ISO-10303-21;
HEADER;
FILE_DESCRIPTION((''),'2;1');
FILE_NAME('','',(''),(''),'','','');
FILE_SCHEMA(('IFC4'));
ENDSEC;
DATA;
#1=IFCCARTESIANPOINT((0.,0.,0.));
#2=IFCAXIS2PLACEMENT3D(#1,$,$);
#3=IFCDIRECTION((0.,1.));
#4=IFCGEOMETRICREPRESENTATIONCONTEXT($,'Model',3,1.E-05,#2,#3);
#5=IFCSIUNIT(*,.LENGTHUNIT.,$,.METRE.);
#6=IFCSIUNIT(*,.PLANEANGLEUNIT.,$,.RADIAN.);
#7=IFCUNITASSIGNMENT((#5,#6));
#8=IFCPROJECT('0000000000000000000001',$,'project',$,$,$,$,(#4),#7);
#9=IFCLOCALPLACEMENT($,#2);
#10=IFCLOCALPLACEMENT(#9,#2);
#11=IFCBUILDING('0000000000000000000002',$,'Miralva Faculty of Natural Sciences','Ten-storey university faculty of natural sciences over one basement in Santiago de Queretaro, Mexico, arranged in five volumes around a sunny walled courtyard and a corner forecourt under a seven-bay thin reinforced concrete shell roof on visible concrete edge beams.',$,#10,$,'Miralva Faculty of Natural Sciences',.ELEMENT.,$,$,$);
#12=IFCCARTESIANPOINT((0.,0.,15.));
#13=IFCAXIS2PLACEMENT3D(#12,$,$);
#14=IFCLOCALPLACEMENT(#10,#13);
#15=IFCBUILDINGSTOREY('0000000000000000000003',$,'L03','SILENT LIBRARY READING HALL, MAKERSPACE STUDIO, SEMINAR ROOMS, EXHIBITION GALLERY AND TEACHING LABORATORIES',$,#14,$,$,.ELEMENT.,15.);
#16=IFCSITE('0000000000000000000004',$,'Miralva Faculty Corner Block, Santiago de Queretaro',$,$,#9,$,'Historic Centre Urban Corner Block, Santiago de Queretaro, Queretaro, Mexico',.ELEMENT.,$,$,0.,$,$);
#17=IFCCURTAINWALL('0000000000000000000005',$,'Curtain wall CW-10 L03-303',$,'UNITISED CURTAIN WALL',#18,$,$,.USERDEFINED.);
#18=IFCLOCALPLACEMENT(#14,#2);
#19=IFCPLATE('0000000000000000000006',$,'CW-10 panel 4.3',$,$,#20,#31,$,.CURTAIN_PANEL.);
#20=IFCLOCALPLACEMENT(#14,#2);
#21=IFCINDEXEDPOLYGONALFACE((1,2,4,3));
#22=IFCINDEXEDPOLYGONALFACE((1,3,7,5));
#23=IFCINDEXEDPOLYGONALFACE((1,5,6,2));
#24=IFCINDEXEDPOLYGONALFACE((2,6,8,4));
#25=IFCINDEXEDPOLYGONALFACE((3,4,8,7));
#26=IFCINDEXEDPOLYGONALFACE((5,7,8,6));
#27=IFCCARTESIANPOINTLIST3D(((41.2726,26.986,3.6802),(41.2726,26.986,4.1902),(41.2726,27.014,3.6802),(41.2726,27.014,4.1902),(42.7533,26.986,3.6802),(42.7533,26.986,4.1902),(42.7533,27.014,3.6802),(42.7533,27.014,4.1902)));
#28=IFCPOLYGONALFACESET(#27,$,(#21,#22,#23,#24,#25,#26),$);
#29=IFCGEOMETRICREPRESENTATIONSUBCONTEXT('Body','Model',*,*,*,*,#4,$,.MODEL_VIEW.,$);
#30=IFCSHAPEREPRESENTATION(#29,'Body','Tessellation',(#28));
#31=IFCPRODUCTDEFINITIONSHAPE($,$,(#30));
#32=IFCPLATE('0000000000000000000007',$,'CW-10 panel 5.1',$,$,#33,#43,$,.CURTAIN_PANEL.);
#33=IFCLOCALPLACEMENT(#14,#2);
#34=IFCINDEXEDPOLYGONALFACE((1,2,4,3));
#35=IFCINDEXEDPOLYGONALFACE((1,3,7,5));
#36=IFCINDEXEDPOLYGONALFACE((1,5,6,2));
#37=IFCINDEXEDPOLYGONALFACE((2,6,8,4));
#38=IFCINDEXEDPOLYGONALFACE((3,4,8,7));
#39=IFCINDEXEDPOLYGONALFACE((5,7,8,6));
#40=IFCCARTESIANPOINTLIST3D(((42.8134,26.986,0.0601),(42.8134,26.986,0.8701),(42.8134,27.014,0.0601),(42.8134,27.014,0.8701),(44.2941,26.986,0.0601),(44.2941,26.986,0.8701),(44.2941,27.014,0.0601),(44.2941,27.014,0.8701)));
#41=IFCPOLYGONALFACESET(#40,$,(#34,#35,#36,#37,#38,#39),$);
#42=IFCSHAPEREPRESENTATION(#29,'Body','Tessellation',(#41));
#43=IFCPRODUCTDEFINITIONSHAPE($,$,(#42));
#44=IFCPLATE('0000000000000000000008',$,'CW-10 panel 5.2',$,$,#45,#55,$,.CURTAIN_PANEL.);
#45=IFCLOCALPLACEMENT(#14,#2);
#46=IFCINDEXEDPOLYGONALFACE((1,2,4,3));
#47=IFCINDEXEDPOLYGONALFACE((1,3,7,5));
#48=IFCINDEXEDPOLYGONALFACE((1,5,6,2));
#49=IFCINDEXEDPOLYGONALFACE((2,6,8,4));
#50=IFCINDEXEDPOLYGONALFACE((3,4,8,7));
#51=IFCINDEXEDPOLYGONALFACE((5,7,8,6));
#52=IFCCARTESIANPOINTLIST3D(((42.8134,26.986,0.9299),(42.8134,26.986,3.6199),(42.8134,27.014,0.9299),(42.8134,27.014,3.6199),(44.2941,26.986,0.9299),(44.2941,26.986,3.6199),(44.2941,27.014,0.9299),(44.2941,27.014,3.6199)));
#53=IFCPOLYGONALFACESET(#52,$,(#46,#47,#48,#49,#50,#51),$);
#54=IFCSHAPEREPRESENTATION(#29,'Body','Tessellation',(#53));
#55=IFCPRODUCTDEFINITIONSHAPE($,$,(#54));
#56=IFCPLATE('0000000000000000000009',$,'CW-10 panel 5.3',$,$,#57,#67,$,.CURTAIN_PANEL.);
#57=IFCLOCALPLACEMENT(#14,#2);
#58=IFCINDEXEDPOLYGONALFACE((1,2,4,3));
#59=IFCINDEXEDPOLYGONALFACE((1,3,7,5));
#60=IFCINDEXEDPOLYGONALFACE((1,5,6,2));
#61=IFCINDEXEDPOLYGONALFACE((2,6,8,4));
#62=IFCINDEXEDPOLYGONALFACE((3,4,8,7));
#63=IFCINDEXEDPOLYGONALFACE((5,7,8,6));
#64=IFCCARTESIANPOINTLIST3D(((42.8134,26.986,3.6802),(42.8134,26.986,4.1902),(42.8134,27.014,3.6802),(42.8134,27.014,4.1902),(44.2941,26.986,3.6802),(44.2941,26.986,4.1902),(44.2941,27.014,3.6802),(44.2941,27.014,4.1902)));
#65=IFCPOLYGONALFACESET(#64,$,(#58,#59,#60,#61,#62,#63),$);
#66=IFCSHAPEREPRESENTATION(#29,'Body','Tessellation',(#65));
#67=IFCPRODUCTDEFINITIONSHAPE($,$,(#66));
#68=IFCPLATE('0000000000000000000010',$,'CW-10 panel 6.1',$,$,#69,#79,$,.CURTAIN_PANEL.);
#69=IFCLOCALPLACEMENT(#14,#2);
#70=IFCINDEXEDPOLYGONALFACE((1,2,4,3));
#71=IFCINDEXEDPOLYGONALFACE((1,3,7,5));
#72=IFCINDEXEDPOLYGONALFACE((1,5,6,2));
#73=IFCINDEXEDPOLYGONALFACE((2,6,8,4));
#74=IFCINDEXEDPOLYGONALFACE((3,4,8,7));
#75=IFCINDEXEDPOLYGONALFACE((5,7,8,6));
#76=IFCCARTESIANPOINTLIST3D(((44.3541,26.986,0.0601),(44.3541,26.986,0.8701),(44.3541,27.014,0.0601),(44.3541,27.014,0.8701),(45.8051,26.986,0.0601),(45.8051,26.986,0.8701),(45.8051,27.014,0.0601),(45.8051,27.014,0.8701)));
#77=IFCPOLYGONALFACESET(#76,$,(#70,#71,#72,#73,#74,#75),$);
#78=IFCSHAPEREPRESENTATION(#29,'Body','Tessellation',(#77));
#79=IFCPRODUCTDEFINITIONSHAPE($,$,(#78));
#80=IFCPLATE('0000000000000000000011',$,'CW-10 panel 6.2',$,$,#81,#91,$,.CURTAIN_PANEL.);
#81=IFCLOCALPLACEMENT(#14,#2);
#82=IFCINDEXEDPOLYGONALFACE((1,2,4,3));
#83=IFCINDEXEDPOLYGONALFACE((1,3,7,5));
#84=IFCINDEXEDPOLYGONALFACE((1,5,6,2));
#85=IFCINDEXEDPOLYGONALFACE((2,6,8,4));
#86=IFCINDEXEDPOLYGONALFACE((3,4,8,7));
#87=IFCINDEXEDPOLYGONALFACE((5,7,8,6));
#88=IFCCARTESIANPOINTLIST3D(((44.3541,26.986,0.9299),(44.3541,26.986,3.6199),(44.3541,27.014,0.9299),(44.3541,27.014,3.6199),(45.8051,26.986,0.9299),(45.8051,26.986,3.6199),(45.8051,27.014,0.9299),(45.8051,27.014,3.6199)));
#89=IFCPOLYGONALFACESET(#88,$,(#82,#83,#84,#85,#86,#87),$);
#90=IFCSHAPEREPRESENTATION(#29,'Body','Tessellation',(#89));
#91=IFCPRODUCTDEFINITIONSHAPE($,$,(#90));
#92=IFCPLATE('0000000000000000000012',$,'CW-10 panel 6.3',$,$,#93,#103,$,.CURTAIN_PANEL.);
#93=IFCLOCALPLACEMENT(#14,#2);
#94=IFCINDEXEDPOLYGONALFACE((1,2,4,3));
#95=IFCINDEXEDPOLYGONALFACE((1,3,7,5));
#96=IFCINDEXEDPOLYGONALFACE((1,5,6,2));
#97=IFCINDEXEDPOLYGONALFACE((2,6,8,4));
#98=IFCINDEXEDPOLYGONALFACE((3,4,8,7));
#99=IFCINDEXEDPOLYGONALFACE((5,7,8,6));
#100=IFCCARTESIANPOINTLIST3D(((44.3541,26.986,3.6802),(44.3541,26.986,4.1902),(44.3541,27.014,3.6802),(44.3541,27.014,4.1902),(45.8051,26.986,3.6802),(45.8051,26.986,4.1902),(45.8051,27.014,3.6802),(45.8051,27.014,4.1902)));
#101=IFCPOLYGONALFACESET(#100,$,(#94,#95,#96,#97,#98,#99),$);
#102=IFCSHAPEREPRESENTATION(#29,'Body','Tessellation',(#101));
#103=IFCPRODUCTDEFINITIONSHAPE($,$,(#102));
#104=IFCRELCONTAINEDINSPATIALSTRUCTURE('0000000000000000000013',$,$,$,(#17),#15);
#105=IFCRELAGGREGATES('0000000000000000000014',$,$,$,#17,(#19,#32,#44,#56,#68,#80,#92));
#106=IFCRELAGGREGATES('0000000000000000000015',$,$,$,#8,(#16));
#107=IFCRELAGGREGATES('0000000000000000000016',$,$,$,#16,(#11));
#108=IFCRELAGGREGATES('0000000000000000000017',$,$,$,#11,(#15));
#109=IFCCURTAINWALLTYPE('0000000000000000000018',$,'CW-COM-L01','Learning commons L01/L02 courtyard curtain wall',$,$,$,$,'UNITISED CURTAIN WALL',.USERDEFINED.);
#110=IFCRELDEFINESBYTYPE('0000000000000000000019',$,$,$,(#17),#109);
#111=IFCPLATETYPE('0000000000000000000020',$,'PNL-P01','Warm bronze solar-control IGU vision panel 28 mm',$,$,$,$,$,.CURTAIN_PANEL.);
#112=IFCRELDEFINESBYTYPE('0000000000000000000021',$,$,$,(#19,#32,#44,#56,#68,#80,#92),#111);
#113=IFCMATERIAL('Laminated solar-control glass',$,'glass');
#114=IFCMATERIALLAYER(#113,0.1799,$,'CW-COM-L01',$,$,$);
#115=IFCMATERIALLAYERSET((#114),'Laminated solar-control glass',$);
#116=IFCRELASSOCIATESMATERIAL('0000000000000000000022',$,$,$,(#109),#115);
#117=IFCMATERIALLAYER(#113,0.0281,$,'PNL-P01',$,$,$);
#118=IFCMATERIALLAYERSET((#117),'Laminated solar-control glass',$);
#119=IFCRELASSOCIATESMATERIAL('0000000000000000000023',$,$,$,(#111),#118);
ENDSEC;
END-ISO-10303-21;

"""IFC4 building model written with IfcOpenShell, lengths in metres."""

from ifc_helpers import new_model, si_unit, direction, frame, origin, origin_2d, place, context, subcontext, project, spatial, rectangle, extrude, material, layer, layer_set, type_object, element, aggregate, save


model = new_model("IFC4")

# Units and contexts
model_context = context("Model", 3, precision=1e-05, world=origin(), true_north=direction((0.0, 1.0)))
body_context = subcontext(model_context, "Body", "Model", "MODEL_VIEW")
ifc_project = project(units=[si_unit("LENGTHUNIT", "METRE"), si_unit("PLANEANGLEUNIT", "RADIAN")], contexts=[model_context])

# Site, building, storey
site_placement = place(None, origin())
site = spatial("IfcSite", under=ifc_project, at=site_placement, Name="Miralva Faculty Corner Block, Santiago de Queretaro", LongName="Historic Centre Urban Corner Block, Santiago de Queretaro, Queretaro, Mexico", CompositionType="ELEMENT", RefElevation=0.0)
building_placement = place(site_placement, origin())
building = spatial("IfcBuilding", under=site, at=building_placement, Name="Miralva Faculty of Natural Sciences", Description="Ten-storey university faculty of natural sciences over one basement in Santiago de Queretaro, Mexico, arranged in five volumes around a sunny walled courtyard and a corner forecourt under a seven-bay thin reinforced concrete shell roof on visible concrete edge beams.", LongName="Miralva Faculty of Natural Sciences", CompositionType="ELEMENT")
storey_placement = place(building_placement, frame((0.0, 0.0, 15.0)))
storey = spatial("IfcBuildingStorey", under=building, at=storey_placement, Name="L03", Description="SILENT LIBRARY READING HALL, MAKERSPACE STUDIO, SEMINAR ROOMS, EXHIBITION GALLERY AND TEACHING LABORATORIES", CompositionType="ELEMENT", Elevation=15.0)

# Curtain wall, plates
ifc_material_1 = material(Name="Laminated solar-control glass", Category="glass")
ifc_layer_1 = layer(ifc_material_1, 0.1799, Name="CW-COM-L01")
ifc_layer_set_1 = layer_set([ifc_layer_1], Name="Laminated solar-control glass")
curtain_wall_type = type_object("IfcCurtainWallType", Name="CW-COM-L01", Description="Learning commons L01/L02 courtyard curtain wall", ElementType="UNITISED CURTAIN WALL", PredefinedType="USERDEFINED", material=ifc_layer_set_1)
curtain_wall_placement = place(storey_placement, origin())
curtain_wall = element("IfcCurtainWall", 1, at=curtain_wall_placement, inside=storey, type_object=curtain_wall_type, Name="Curtain wall CW-10 L03-303", ObjectType="UNITISED CURTAIN WALL", PredefinedType="USERDEFINED")
ifc_layer_2 = layer(ifc_material_1, 0.0281, Name="PNL-P01")
ifc_layer_set_2 = layer_set([ifc_layer_2], Name="Laminated solar-control glass")
plate_type = type_object("IfcPlateType", Name="PNL-P01", Description="Warm bronze solar-control IGU vision panel 28 mm", PredefinedType="CURTAIN_PANEL", material=ifc_layer_set_2)
plate_1_placement = place(storey_placement, frame((42.0129, 27.0, 3.6802), z_axis=(0.0, 0.0, 1.0), x_axis=(1.0, 0.0, 0.0)))
plate_1 = element("IfcPlate", 2, at=plate_1_placement, type_object=plate_type, Name="CW-10 panel 4.3", PredefinedType="CURTAIN_PANEL", context=body_context, shape_type="SweptSolid", body=[
    extrude(rectangle(XDim=1.4807, YDim=0.0281, at=origin_2d()), origin(), (0.0, 0.0, 1.0), 0.51),
])
plate_2_placement = place(storey_placement, frame((43.5537, 27.0, 0.0601), z_axis=(0.0, 0.0, 1.0), x_axis=(1.0, 0.0, 0.0)))
plate_2 = element("IfcPlate", 3, at=plate_2_placement, type_object=plate_type, Name="CW-10 panel 5.1", PredefinedType="CURTAIN_PANEL", context=body_context, shape_type="SweptSolid", body=[
    extrude(rectangle(XDim=1.4807, YDim=0.0281, at=origin_2d()), origin(), (0.0, 0.0, 1.0), 0.8101),
])
plate_3_placement = place(storey_placement, frame((43.5537, 27.0, 0.9299), z_axis=(0.0, 0.0, 1.0), x_axis=(1.0, 0.0, 0.0)))
plate_3 = element("IfcPlate", 4, at=plate_3_placement, type_object=plate_type, Name="CW-10 panel 5.2", PredefinedType="CURTAIN_PANEL", context=body_context, shape_type="SweptSolid", body=[
    extrude(rectangle(XDim=1.4807, YDim=0.0281, at=origin_2d()), origin(), (0.0, 0.0, 1.0), 2.6899),
])
plate_4_placement = place(storey_placement, frame((43.5537, 27.0, 3.6802), z_axis=(0.0, 0.0, 1.0), x_axis=(1.0, 0.0, 0.0)))
plate_4 = element("IfcPlate", 5, at=plate_4_placement, type_object=plate_type, Name="CW-10 panel 5.3", PredefinedType="CURTAIN_PANEL", context=body_context, shape_type="SweptSolid", body=[
    extrude(rectangle(XDim=1.4807, YDim=0.0281, at=origin_2d()), origin(), (0.0, 0.0, 1.0), 0.51),
])
plate_5_placement = place(storey_placement, frame((45.0796, 27.0, 0.0601), z_axis=(0.0, 0.0, 1.0), x_axis=(1.0, 0.0, 0.0)))
plate_5 = element("IfcPlate", 6, at=plate_5_placement, type_object=plate_type, Name="CW-10 panel 6.1", PredefinedType="CURTAIN_PANEL", context=body_context, shape_type="SweptSolid", body=[
    extrude(rectangle(XDim=1.4509, YDim=0.0281, at=origin_2d()), origin(), (0.0, 0.0, 1.0), 0.8101),
])
plate_6_placement = place(storey_placement, frame((45.0796, 27.0, 0.9299), z_axis=(0.0, 0.0, 1.0), x_axis=(1.0, 0.0, 0.0)))
plate_6 = element("IfcPlate", 7, at=plate_6_placement, type_object=plate_type, Name="CW-10 panel 6.2", PredefinedType="CURTAIN_PANEL", context=body_context, shape_type="SweptSolid", body=[
    extrude(rectangle(XDim=1.4509, YDim=0.0281, at=origin_2d()), origin(), (0.0, 0.0, 1.0), 2.6899),
])
plate_7_placement = place(storey_placement, frame((45.0796, 27.0, 3.6802), z_axis=(0.0, 0.0, 1.0), x_axis=(1.0, 0.0, 0.0)))
plate_7 = element("IfcPlate", 8, at=plate_7_placement, type_object=plate_type, Name="CW-10 panel 6.3", PredefinedType="CURTAIN_PANEL", context=body_context, shape_type="SweptSolid", body=[
    extrude(rectangle(XDim=1.4509, YDim=0.0281, at=origin_2d()), origin(), (0.0, 0.0, 1.0), 0.51),
])
aggregate(curtain_wall, [plate_1, plate_2, plate_3, plate_4, plate_5, plate_6, plate_7])

save(model, "model.ifc")
